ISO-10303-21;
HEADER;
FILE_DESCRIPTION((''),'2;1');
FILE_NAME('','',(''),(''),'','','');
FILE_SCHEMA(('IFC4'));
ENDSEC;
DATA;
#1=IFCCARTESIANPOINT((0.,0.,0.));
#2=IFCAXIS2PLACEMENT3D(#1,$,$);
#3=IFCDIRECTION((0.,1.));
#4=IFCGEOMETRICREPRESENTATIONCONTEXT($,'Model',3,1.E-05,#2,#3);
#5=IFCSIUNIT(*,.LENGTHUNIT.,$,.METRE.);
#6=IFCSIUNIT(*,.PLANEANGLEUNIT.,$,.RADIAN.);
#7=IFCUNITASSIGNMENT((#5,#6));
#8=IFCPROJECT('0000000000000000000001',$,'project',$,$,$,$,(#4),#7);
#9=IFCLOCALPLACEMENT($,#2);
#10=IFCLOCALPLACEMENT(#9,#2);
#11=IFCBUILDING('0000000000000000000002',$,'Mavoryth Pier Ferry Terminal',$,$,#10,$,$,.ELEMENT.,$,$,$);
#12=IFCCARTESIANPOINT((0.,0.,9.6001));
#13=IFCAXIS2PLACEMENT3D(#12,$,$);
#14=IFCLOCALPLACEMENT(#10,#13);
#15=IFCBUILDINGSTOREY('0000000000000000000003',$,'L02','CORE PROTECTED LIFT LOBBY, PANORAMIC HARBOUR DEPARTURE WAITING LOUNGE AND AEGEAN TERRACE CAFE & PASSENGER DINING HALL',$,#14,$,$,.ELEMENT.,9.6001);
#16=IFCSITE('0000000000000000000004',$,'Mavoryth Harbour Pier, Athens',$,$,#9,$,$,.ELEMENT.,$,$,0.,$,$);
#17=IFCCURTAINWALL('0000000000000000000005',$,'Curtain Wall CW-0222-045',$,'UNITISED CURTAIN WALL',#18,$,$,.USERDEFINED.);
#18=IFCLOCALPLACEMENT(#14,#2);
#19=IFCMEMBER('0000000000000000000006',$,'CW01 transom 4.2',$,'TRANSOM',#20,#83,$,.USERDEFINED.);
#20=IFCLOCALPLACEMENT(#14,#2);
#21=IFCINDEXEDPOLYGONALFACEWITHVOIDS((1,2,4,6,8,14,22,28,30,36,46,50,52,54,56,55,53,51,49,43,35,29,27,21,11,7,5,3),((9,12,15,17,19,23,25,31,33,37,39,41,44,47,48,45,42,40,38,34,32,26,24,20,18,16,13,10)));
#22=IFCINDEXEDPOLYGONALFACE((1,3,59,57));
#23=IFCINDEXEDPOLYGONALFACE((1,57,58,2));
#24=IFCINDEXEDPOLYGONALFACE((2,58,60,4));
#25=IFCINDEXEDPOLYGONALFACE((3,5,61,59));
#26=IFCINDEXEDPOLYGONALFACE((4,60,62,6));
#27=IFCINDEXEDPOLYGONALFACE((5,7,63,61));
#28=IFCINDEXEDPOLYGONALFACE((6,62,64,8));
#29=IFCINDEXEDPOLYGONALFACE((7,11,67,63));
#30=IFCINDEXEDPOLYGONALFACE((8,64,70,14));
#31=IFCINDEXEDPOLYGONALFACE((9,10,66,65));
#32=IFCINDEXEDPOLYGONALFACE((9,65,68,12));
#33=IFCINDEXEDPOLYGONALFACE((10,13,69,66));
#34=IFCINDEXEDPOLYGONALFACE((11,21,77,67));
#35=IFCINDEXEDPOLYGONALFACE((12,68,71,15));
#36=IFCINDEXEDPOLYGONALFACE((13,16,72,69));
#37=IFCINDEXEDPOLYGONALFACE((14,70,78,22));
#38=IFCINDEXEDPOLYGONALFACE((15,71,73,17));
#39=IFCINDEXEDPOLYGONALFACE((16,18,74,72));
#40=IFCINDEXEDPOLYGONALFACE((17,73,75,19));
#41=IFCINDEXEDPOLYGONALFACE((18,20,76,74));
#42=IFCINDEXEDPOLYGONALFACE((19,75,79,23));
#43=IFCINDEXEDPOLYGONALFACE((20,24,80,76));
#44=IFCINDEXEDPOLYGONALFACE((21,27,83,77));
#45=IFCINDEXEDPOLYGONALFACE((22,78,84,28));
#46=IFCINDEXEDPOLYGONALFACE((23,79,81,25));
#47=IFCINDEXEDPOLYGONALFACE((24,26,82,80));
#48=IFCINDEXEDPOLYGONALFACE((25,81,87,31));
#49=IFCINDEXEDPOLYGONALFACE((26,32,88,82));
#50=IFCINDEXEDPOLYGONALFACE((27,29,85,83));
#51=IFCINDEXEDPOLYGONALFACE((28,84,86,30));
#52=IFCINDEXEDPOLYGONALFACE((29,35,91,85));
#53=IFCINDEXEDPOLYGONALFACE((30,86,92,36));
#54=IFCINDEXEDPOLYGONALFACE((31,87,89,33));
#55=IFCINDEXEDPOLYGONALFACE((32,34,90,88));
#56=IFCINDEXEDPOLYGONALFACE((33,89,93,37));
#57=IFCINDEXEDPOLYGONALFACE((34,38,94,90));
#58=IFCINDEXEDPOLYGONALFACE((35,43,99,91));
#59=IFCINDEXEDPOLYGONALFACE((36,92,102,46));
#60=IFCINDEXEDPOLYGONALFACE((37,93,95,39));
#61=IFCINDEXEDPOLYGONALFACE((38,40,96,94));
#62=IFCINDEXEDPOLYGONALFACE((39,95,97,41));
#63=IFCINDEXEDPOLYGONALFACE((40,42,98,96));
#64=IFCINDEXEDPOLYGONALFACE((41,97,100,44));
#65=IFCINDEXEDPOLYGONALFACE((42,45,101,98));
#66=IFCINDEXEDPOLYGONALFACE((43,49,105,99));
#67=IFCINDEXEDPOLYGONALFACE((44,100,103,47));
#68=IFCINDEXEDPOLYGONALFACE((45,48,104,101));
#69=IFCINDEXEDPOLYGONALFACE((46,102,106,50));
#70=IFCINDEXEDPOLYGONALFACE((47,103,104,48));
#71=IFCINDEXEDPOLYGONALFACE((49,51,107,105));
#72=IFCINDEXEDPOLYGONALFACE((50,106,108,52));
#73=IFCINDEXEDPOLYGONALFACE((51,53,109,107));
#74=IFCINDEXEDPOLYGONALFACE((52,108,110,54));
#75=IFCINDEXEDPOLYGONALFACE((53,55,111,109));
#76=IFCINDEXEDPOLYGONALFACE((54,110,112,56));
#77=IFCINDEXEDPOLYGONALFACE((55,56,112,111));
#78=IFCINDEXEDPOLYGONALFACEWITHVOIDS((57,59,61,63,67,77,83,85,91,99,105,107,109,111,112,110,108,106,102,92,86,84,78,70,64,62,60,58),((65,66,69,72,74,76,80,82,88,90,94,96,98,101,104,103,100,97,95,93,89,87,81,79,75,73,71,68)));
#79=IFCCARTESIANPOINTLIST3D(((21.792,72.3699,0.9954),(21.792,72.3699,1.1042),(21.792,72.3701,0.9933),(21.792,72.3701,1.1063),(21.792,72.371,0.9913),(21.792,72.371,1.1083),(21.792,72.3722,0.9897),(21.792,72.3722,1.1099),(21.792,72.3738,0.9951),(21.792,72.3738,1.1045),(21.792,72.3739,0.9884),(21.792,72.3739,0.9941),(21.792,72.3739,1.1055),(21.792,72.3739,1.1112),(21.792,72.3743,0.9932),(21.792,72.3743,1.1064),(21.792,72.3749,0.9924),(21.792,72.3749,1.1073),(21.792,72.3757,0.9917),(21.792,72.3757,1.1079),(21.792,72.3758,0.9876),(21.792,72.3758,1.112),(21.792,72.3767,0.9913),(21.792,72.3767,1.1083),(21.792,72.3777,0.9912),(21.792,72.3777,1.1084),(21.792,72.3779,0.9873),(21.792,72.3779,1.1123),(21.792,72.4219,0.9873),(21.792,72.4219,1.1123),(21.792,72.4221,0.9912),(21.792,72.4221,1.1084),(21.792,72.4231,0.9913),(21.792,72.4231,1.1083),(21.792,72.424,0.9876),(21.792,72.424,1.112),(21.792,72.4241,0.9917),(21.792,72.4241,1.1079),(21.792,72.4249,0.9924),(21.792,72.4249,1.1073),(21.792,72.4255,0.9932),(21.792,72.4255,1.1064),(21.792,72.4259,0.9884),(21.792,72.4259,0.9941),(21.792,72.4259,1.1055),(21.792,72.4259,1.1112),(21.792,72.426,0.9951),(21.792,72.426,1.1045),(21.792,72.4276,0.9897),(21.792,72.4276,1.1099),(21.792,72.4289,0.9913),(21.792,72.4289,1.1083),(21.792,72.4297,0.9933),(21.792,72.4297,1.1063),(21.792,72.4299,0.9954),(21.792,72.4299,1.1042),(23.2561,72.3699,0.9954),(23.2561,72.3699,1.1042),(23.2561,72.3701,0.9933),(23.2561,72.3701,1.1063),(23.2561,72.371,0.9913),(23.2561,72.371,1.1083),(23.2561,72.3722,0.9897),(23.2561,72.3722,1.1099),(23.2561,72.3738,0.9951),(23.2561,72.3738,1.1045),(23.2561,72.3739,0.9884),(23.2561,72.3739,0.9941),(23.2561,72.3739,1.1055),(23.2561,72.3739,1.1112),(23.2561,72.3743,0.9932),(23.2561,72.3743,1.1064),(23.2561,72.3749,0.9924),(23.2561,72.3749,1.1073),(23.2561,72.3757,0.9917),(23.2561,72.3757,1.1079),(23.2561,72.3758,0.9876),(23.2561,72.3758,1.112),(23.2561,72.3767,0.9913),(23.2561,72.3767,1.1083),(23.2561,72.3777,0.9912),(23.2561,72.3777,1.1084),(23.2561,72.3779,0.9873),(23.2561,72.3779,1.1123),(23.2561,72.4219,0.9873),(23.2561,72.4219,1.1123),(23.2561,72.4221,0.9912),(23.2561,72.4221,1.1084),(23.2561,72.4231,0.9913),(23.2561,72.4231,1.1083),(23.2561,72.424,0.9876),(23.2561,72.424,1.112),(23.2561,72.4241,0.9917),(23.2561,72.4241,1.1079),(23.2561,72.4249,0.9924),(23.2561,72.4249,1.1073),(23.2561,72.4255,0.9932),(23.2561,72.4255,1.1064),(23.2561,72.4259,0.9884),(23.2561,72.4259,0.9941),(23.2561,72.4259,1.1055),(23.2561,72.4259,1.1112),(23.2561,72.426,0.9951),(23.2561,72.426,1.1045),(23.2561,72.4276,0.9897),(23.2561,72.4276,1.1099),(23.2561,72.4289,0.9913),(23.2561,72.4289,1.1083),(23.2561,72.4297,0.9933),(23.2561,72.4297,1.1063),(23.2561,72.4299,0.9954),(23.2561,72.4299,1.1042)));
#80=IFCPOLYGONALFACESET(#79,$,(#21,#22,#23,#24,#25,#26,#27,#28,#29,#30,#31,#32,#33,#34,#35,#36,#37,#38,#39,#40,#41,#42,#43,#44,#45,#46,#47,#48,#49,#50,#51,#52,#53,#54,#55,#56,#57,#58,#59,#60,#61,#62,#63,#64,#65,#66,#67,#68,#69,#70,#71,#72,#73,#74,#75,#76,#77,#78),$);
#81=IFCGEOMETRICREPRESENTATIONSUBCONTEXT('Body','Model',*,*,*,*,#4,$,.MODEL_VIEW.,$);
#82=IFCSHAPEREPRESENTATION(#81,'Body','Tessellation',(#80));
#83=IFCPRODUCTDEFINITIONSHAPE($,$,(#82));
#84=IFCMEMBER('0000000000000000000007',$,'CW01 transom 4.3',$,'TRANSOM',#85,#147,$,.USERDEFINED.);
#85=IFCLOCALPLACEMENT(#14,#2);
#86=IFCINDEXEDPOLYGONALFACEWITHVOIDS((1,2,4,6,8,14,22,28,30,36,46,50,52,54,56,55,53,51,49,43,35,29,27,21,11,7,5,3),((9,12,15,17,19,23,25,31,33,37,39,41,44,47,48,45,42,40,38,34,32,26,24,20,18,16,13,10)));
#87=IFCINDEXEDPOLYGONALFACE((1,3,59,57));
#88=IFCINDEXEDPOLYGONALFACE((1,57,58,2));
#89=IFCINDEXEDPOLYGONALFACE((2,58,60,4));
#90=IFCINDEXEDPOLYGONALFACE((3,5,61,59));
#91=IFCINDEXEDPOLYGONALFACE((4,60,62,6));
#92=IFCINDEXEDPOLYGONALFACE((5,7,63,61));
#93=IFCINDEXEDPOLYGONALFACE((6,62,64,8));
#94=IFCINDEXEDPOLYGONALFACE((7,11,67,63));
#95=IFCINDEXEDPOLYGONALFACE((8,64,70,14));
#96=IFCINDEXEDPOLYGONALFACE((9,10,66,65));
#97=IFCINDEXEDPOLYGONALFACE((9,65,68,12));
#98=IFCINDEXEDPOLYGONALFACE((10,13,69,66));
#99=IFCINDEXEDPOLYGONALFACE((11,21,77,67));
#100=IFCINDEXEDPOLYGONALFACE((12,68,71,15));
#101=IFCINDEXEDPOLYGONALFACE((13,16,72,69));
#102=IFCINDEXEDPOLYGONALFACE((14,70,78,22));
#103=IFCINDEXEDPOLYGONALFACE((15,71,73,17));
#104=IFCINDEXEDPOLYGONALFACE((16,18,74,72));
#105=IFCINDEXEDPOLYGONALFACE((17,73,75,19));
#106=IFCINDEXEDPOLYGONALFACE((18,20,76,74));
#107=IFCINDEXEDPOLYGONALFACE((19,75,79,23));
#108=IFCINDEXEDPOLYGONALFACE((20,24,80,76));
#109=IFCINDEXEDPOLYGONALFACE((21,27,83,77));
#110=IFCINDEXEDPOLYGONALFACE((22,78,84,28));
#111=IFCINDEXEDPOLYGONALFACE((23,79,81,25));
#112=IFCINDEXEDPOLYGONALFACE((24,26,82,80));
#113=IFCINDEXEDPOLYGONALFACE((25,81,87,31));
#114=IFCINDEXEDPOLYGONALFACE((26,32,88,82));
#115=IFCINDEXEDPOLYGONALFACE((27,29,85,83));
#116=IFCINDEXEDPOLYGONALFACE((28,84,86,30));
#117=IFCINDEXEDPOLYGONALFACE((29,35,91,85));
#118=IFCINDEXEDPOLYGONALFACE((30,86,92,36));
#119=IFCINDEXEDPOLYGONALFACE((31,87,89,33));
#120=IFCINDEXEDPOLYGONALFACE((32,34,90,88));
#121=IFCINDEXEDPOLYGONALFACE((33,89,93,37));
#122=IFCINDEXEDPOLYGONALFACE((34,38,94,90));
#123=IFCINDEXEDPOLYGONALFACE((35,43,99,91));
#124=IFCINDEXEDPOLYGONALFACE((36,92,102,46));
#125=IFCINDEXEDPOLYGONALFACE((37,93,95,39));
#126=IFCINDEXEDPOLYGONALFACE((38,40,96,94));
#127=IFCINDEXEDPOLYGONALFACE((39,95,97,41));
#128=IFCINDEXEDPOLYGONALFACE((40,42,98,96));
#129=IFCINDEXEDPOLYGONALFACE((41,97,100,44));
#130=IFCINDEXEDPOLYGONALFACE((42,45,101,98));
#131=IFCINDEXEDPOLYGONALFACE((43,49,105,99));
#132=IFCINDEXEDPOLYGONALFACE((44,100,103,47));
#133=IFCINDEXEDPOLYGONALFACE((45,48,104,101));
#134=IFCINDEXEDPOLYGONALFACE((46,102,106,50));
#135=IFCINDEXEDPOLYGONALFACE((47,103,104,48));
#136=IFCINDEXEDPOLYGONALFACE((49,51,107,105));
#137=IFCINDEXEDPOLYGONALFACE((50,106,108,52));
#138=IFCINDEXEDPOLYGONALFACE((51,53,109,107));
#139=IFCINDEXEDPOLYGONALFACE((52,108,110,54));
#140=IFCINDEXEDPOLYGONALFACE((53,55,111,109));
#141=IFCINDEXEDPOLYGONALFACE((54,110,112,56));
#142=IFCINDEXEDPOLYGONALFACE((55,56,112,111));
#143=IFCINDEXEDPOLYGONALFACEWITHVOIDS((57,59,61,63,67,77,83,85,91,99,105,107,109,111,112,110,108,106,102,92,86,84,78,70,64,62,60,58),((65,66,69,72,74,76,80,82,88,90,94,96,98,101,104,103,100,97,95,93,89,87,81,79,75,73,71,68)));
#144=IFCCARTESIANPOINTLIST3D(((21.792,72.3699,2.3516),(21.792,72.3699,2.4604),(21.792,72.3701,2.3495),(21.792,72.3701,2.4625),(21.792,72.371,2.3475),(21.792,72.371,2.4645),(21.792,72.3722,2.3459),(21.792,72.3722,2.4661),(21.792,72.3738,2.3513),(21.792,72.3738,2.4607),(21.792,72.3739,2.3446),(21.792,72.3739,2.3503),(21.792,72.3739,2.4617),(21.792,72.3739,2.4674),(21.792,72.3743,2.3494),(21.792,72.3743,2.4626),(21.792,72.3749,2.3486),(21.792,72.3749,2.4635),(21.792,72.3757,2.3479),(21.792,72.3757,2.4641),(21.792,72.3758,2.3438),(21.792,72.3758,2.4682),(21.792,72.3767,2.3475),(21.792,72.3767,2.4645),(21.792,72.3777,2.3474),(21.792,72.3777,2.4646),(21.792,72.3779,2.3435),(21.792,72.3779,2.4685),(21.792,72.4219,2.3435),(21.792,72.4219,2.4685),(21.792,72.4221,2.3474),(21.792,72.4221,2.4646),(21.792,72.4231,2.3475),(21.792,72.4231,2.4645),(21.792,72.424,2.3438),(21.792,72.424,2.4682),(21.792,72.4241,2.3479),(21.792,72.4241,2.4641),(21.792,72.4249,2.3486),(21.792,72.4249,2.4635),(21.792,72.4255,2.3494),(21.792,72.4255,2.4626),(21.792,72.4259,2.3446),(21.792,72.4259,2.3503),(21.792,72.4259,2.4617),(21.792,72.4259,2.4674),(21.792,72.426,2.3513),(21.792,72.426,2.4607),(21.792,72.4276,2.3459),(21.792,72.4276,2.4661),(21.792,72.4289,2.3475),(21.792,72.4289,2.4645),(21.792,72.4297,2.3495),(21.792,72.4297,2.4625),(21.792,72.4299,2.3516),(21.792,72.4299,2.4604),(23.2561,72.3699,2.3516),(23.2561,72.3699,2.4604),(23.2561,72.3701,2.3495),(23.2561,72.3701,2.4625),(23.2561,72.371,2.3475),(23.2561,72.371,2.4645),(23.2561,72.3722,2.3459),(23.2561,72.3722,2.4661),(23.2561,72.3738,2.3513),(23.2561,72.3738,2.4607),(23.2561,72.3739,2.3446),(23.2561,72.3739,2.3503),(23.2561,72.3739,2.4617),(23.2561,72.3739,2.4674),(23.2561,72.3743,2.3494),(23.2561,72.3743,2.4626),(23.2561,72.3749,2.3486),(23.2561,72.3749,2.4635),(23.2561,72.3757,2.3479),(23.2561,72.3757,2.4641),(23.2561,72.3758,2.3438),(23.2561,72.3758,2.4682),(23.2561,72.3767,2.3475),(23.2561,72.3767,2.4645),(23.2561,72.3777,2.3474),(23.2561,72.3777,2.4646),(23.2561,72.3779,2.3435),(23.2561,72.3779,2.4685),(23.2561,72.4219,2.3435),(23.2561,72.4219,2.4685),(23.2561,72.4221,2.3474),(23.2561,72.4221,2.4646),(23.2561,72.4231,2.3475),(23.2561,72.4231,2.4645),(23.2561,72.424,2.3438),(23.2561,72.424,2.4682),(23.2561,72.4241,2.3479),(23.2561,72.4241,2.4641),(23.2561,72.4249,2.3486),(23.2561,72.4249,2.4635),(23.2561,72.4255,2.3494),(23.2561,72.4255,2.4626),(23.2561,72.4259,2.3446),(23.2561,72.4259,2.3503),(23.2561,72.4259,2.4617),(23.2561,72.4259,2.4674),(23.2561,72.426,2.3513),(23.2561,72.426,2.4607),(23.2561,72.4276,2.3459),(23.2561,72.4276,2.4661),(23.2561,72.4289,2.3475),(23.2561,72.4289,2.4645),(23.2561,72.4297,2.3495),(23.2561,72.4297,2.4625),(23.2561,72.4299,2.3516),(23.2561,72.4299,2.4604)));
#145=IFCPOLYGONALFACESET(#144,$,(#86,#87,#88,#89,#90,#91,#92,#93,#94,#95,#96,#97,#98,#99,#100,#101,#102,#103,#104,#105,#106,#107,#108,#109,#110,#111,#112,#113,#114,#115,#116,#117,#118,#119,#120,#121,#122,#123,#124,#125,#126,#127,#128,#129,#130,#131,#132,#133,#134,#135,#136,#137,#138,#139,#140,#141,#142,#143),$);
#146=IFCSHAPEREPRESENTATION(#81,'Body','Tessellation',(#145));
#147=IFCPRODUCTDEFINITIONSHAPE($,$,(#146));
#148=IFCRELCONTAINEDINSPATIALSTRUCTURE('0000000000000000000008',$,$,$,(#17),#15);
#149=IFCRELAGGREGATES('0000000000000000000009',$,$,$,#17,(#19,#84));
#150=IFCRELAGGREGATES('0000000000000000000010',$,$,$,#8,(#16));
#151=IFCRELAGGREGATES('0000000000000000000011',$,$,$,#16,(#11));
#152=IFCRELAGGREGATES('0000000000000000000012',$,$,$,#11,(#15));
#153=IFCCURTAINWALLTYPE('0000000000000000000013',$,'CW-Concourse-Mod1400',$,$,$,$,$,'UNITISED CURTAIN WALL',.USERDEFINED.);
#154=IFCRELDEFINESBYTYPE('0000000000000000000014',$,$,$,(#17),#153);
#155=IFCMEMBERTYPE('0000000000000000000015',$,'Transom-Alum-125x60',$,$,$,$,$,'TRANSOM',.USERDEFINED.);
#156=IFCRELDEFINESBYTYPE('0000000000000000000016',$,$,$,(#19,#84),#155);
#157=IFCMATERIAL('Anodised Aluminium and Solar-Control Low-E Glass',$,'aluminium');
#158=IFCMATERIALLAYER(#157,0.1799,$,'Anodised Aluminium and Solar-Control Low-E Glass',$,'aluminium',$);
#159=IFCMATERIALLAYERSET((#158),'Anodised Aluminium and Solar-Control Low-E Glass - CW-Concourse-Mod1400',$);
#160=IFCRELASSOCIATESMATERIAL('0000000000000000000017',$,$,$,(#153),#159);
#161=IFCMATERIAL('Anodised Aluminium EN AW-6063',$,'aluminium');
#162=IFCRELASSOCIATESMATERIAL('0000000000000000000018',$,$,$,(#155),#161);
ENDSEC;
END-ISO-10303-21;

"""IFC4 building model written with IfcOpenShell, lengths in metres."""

from ifc_helpers import new_model, si_unit, direction, frame, origin, origin_2d, place, context, subcontext, project, spatial, hollow_rectangle, extrude, material, layer, layer_set, material_profile, profile_set, type_object, element, aggregate, save


model = new_model("IFC4")

# Units and contexts
model_context = context("Model", 3, precision=1e-05, world=origin(), true_north=direction((0.0, 1.0)))
body_context = subcontext(model_context, "Body", "Model", "MODEL_VIEW")
ifc_project = project(units=[si_unit("LENGTHUNIT", "METRE"), si_unit("PLANEANGLEUNIT", "RADIAN")], contexts=[model_context])

# Site, building, storey
site_placement = place(None, origin())
site = spatial("IfcSite", under=ifc_project, at=site_placement, Name="Mavoryth Harbour Pier, Athens", CompositionType="ELEMENT", RefElevation=0.0)
building_placement = place(site_placement, origin())
building = spatial("IfcBuilding", under=site, at=building_placement, Name="Mavoryth Pier Ferry Terminal", CompositionType="ELEMENT")
storey_placement = place(building_placement, frame((0.0, 0.0, 9.6001)))
storey = spatial("IfcBuildingStorey", under=building, at=storey_placement, Name="L02", Description="CORE PROTECTED LIFT LOBBY, PANORAMIC HARBOUR DEPARTURE WAITING LOUNGE AND AEGEAN TERRACE CAFE & PASSENGER DINING HALL", CompositionType="ELEMENT", Elevation=9.6001)

# Curtain wall
ifc_material_1 = material(Name="Anodised Aluminium and Solar-Control Low-E Glass", Category="aluminium")
ifc_layer_1 = layer(ifc_material_1, 0.1799, Name="Anodised Aluminium and Solar-Control Low-E Glass", Category="aluminium")
ifc_layer_set_1 = layer_set([ifc_layer_1], Name="Anodised Aluminium and Solar-Control Low-E Glass - CW-Concourse-Mod1400")
curtain_wall_type = type_object("IfcCurtainWallType", Name="CW-Concourse-Mod1400", ElementType="UNITISED CURTAIN WALL", PredefinedType="USERDEFINED", material=ifc_layer_set_1)
curtain_wall_placement = place(storey_placement, origin())
curtain_wall = element("IfcCurtainWall", 1, at=curtain_wall_placement, inside=storey, type_object=curtain_wall_type, Name="Curtain Wall CW-0222-045", ObjectType="UNITISED CURTAIN WALL", PredefinedType="USERDEFINED")
ifc_material_2 = material(Name="Anodised Aluminium EN AW-6063", Category="aluminium")

# Members
ifc_material_profile_1 = material_profile(ifc_material_2, hollow_rectangle(XDim=0.0601, YDim=0.125, WallThickness=0.0039, InnerFilletRadius=0.0039, OuterFilletRadius=0.0081, at=origin_2d()), Name="AL-TRAN 125x60x4", Category="aluminium")
ifc_profile_set_1 = profile_set([ifc_material_profile_1], Name="Anodised Aluminium EN AW-6063 - AL-TRAN 125x60x4")
member_type_1 = type_object("IfcMemberType", Name="Transom-Alum-125x60", ElementType="TRANSOM", PredefinedType="USERDEFINED", material=ifc_profile_set_1)
member_1_placement = place(storey_placement, frame((21.792, 72.3999, 1.0498), z_axis=(1.0, 0.0, 0.0), x_axis=(0.0, 1.0, 0.0)))
member_1 = element("IfcMember", 2, at=member_1_placement, type_object=member_type_1, Name="CW01 transom 4.2", ObjectType="TRANSOM", PredefinedType="USERDEFINED", context=body_context, shape_type="SweptSolid", body=[
    extrude(hollow_rectangle(XDim=0.0601, YDim=0.125, WallThickness=0.0039, InnerFilletRadius=0.0039, OuterFilletRadius=0.0081, at=origin_2d()), origin(), (0.0, 0.0, 1.0), 1.4641),
])
member_2_placement = place(storey_placement, frame((21.792, 72.3999, 2.406), z_axis=(1.0, 0.0, 0.0), x_axis=(0.0, 1.0, 0.0)))
member_2 = element("IfcMember", 3, at=member_2_placement, type_object=member_type_1, Name="CW01 transom 4.3", ObjectType="TRANSOM", PredefinedType="USERDEFINED", context=body_context, shape_type="SweptSolid", body=[
    extrude(hollow_rectangle(XDim=0.0601, YDim=0.125, WallThickness=0.0039, InnerFilletRadius=0.0039, OuterFilletRadius=0.0081, at=origin_2d()), origin(), (0.0, 0.0, 1.0), 1.4641),
])

aggregate(curtain_wall, [member_1, member_2])

save(model, "model.ifc")
